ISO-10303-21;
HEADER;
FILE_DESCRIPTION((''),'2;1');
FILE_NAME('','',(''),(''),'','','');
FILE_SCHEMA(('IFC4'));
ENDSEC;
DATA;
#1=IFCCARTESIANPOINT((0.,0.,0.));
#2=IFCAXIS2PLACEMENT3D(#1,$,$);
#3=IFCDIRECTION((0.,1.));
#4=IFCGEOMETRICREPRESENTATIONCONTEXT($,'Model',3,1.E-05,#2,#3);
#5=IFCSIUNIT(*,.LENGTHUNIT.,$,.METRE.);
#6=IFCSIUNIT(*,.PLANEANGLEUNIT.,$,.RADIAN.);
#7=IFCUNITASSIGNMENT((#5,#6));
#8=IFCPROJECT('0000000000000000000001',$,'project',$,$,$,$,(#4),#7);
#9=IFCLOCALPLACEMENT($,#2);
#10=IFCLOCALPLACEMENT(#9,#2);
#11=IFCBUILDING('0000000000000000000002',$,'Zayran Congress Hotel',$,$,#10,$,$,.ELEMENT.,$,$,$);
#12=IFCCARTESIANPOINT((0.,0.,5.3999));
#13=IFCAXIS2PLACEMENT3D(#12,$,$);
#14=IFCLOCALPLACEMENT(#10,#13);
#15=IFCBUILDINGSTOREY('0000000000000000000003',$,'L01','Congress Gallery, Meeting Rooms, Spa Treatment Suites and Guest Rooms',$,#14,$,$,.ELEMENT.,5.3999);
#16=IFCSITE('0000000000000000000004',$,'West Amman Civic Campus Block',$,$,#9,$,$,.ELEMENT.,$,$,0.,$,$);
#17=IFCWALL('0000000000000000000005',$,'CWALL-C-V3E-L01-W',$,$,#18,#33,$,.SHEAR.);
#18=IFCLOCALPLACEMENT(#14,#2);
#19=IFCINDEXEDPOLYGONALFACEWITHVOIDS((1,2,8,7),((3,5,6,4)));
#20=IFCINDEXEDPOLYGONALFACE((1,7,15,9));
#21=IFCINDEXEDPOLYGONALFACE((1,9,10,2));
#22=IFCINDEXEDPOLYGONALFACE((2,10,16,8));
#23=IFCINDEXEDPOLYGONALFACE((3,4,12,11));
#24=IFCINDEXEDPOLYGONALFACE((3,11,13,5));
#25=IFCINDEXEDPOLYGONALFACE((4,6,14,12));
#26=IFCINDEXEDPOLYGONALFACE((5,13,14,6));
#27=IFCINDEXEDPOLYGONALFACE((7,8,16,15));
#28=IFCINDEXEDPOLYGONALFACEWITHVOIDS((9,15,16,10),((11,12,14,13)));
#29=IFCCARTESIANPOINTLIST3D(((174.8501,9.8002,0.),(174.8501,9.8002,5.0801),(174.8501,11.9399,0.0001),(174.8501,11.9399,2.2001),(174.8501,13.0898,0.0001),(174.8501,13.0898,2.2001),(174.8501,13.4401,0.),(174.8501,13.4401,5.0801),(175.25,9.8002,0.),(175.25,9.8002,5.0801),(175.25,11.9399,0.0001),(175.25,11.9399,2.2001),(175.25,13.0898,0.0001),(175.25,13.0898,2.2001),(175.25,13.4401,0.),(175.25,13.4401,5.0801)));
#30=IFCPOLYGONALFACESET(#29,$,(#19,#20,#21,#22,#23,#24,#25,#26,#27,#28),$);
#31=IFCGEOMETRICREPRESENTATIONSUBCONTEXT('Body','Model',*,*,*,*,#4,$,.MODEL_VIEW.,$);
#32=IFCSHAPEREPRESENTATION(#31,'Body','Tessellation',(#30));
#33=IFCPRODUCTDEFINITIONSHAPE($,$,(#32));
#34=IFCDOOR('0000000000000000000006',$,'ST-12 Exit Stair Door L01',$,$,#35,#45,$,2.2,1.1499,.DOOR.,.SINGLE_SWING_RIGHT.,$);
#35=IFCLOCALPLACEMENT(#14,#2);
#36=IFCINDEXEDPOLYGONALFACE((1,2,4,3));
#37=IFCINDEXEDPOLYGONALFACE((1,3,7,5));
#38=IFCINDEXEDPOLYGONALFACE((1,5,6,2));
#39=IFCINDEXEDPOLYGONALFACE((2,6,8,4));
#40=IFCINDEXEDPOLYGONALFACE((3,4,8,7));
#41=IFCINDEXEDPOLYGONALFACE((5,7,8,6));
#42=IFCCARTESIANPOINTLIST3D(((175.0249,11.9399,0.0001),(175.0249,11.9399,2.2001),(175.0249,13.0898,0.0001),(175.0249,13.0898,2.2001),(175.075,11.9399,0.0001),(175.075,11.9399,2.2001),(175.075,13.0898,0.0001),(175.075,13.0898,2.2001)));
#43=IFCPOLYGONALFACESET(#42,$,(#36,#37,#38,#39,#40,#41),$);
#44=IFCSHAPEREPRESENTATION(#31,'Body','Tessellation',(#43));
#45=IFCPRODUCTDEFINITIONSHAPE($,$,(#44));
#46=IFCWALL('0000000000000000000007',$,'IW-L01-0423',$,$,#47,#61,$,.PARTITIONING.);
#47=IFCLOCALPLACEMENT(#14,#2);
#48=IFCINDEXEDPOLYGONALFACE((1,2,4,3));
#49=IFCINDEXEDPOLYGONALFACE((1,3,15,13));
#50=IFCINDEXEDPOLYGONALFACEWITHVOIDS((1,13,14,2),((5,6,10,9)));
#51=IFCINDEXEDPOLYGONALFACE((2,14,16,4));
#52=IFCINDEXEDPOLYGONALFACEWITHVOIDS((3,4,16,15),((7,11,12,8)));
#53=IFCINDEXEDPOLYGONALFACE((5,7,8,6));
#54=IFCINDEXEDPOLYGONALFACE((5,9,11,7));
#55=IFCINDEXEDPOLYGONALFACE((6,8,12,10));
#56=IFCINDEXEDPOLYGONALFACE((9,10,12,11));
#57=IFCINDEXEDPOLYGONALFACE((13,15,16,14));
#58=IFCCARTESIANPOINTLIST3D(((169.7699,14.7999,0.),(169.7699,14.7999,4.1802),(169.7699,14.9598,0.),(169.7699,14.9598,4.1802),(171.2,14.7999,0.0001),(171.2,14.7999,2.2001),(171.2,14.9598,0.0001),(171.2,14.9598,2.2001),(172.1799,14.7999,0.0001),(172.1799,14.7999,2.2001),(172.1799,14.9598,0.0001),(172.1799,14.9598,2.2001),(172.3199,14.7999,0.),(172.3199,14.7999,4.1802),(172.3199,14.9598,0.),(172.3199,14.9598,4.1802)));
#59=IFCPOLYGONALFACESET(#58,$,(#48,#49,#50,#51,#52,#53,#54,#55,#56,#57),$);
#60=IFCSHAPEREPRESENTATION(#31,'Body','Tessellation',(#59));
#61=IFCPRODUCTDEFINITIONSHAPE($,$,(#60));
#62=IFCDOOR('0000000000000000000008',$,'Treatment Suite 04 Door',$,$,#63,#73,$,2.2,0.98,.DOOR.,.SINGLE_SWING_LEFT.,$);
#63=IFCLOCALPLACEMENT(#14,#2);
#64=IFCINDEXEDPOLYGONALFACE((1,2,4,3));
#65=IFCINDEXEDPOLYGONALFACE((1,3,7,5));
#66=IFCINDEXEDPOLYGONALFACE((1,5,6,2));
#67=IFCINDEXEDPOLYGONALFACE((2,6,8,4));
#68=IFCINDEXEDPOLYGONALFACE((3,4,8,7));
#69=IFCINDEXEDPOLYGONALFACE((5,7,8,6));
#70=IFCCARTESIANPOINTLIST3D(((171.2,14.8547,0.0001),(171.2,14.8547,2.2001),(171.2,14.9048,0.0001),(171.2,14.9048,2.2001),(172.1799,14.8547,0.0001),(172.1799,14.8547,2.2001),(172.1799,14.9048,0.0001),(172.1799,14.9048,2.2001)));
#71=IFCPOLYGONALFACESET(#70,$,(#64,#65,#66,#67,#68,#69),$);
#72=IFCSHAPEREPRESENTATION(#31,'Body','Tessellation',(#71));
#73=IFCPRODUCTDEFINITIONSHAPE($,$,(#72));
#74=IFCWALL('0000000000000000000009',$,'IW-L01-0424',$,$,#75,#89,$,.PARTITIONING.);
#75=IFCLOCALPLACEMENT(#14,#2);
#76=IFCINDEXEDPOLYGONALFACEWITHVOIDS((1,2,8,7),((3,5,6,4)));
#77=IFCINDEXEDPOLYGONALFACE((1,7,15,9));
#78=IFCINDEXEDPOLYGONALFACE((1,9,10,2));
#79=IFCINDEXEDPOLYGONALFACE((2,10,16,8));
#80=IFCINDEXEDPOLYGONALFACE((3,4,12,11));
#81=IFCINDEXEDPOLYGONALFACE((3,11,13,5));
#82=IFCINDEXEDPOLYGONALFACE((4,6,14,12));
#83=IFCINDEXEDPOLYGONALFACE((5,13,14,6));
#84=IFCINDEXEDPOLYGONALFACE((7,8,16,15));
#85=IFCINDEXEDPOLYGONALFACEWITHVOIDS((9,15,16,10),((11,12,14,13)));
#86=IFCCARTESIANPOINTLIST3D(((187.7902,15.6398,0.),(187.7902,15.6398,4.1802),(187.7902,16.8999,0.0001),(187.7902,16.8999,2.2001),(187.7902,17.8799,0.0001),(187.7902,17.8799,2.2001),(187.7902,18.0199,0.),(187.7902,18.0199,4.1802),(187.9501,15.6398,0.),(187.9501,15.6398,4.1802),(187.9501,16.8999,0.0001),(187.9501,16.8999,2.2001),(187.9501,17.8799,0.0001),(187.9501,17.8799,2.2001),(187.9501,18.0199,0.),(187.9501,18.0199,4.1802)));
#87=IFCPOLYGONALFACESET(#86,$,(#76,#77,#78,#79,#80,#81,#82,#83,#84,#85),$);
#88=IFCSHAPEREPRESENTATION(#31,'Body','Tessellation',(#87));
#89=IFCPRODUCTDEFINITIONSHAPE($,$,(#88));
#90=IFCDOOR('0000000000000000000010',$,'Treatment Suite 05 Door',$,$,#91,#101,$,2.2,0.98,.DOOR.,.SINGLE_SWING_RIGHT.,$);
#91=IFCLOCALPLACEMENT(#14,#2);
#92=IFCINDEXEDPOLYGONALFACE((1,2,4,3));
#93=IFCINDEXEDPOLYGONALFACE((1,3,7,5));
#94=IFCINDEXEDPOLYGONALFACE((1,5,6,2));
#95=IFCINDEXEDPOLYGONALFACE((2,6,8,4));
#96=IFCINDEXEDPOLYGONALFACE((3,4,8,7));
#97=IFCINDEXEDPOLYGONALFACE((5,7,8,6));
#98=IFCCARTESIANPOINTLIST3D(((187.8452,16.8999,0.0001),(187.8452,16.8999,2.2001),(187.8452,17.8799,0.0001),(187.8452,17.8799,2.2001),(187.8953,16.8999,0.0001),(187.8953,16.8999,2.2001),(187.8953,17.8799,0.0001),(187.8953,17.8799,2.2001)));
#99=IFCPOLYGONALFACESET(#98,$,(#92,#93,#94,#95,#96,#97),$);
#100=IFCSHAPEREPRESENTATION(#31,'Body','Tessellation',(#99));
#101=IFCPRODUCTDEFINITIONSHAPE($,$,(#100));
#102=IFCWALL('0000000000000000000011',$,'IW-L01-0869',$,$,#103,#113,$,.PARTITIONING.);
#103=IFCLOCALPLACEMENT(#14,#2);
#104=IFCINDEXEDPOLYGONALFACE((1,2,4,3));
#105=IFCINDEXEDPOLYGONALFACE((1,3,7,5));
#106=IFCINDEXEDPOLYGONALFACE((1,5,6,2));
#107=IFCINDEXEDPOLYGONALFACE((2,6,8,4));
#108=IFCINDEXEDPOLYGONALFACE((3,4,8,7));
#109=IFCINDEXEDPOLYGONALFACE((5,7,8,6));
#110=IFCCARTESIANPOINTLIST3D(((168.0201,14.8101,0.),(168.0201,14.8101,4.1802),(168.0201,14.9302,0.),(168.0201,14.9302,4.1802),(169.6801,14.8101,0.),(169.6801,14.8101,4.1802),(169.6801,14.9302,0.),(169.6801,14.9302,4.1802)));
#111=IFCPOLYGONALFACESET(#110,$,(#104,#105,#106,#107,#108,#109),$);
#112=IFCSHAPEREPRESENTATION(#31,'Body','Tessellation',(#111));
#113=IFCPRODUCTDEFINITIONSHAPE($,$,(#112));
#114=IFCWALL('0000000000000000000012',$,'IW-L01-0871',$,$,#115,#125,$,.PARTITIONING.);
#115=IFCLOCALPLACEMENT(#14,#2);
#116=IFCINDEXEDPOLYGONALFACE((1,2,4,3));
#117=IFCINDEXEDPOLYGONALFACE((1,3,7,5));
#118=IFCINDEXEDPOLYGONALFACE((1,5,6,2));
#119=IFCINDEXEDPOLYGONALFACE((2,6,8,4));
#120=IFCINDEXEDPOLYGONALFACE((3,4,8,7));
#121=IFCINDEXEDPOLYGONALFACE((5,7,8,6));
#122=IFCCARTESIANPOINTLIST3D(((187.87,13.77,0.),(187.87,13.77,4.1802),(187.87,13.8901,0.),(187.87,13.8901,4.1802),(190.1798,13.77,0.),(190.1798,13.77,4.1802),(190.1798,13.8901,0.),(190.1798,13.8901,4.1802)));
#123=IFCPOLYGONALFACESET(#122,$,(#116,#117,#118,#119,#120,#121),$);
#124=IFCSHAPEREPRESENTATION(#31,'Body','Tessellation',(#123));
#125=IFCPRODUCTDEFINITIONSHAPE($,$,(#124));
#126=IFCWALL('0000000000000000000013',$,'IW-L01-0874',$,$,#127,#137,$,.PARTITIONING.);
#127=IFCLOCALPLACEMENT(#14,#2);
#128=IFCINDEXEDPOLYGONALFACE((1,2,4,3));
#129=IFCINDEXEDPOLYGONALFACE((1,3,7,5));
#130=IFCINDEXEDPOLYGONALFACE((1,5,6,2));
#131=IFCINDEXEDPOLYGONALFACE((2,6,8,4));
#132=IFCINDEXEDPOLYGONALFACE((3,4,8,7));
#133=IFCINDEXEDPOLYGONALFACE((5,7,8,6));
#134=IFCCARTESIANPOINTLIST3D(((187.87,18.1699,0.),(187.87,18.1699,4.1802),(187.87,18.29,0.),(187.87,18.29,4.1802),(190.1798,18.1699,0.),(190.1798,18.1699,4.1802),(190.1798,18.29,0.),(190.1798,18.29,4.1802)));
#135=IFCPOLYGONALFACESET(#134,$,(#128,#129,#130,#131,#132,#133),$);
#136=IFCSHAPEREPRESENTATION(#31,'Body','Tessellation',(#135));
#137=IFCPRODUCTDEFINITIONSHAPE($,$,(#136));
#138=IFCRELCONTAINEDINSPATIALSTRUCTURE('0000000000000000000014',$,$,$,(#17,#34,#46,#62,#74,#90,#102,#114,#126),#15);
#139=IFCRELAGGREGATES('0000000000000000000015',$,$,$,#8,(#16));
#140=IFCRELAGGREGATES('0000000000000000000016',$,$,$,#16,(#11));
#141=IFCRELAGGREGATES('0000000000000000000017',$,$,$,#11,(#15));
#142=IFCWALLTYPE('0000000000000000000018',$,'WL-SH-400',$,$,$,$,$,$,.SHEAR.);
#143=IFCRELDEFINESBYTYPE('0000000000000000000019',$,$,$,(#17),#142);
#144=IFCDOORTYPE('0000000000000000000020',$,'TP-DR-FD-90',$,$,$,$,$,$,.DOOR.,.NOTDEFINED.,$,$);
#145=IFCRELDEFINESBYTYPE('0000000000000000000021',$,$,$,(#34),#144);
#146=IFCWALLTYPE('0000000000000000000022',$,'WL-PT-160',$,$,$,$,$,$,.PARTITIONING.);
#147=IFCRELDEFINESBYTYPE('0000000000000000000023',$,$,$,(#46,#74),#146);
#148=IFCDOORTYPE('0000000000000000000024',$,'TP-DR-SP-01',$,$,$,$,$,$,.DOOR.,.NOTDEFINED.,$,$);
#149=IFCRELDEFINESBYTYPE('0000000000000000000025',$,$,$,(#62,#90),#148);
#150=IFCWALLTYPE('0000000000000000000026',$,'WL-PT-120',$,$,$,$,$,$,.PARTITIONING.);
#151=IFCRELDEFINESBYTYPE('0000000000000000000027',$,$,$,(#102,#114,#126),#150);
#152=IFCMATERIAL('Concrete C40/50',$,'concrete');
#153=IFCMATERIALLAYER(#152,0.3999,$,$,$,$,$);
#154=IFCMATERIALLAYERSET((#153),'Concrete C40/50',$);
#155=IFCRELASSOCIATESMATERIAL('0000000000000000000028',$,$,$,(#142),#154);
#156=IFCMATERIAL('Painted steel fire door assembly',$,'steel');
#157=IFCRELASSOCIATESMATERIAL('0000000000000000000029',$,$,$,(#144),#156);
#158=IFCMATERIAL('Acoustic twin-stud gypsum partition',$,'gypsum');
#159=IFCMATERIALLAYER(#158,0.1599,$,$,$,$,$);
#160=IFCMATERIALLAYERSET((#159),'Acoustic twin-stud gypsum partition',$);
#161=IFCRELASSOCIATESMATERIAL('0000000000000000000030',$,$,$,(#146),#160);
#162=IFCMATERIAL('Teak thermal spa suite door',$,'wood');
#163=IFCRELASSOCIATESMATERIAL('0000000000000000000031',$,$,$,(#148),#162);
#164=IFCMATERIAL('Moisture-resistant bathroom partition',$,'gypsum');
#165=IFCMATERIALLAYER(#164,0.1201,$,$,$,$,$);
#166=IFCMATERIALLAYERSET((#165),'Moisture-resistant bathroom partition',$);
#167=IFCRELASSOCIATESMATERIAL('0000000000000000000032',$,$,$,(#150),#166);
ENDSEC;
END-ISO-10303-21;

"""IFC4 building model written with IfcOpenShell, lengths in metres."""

from ifc_helpers import new_model, si_unit, direction, frame, frame_2d, origin, place, context, subcontext, project, spatial, rectangle, extrude, material, layer, layer_set, type_object, element, fill, save


model = new_model("IFC4")

# Units and contexts
model_context = context("Model", 3, precision=1e-05, world=origin(), true_north=direction((0.0, 1.0)))
body_context = subcontext(model_context, "Body", "Model", "MODEL_VIEW")
ifc_project = project(units=[si_unit("LENGTHUNIT", "METRE"), si_unit("PLANEANGLEUNIT", "RADIAN")], contexts=[model_context])

# Site, building, storey
site_placement = place(None, origin())
site = spatial("IfcSite", under=ifc_project, at=site_placement, Name="West Amman Civic Campus Block", CompositionType="ELEMENT", RefElevation=0.0)
building_placement = place(site_placement, origin())
building = spatial("IfcBuilding", under=site, at=building_placement, Name="Zayran Congress Hotel", CompositionType="ELEMENT")
storey_placement = place(building_placement, frame((0.0, 0.0, 5.3999)))
storey = spatial("IfcBuildingStorey", under=building, at=storey_placement, Name="L01", Description="Congress Gallery, Meeting Rooms, Spa Treatment Suites and Guest Rooms", CompositionType="ELEMENT", Elevation=5.3999)

# Shared definitions
ifc_material_1 = material(Name="Concrete C40/50", Category="concrete")
ifc_layer_1 = layer(ifc_material_1, 0.3999)
ifc_layer_set_1 = layer_set([ifc_layer_1], Name="Concrete C40/50")
wall_type_1 = type_object("IfcWallType", Name="WL-SH-400", PredefinedType="SHEAR", material=ifc_layer_set_1)

# Walls, openings, doors
wall_1_placement = place(storey_placement, frame((175.05, 13.4399, 0.0), z_axis=(0.0, 0.0, 1.0), x_axis=(0.0, -1.0, 0.0)))
wall_1 = element("IfcWall", 1, at=wall_1_placement, inside=storey, type_object=wall_type_1, Name="CWALL-C-V3E-L01-W", PredefinedType="SHEAR", context=body_context, shape_type="SweptSolid", body=[
    extrude(rectangle(XDim=3.6399, YDim=0.3999, at=frame_2d((1.8198, 0.0))), origin(), (0.0, 0.0, 1.0), 5.0801),
])
opening_1_placement = place(wall_1_placement, frame((0.3501, 0.0, 0.0)))
opening_1 = element("IfcOpeningElement", 2, at=opening_1_placement, cuts=wall_1, PredefinedType="OPENING", context=body_context, shape_type="SweptSolid", body=[
    extrude(rectangle(XDim=1.1499, YDim=2.2, at=frame_2d((0.575, 1.1001))), frame((0.0, 0.21, 0.0), z_axis=(0.0, -1.0, 0.0), x_axis=(1.0, 0.0, 0.0)), (0.0, 0.0, 1.0), 0.4199),
])
ifc_material_2 = material(Name="Painted steel fire door assembly", Category="steel")
door_type_1 = type_object("IfcDoorType", Name="TP-DR-FD-90", OperationType="NOTDEFINED", PredefinedType="DOOR", material=ifc_material_2)
door_1_placement = place(opening_1_placement, origin())
door_1 = element("IfcDoor", 3, at=door_1_placement, inside=storey, type_object=door_type_1, Name="ST-12 Exit Stair Door L01", OperationType="SINGLE_SWING_RIGHT", OverallHeight=2.2, OverallWidth=1.1499, PredefinedType="DOOR", context=body_context, shape_type="SweptSolid", body=[
    extrude(rectangle(XDim=1.1499, YDim=2.2, at=frame_2d((0.575, 1.1001))), frame((0.0, 0.0249, 0.0), z_axis=(0.0, -1.0, 0.0), x_axis=(1.0, 0.0, 0.0)), (0.0, 0.0, 1.0), 0.05),
])
fill(opening_1, door_1)
ifc_material_3 = material(Name="Acoustic twin-stud gypsum partition", Category="gypsum")
ifc_layer_2 = layer(ifc_material_3, 0.1599)
ifc_layer_set_2 = layer_set([ifc_layer_2], Name="Acoustic twin-stud gypsum partition")
wall_type_2 = type_object("IfcWallType", Name="WL-PT-160", PredefinedType="PARTITIONING", material=ifc_layer_set_2)
wall_2_placement = place(storey_placement, frame((169.77, 14.8799, 0.0), z_axis=(0.0, 0.0, 1.0), x_axis=(1.0, 0.0, 0.0)))
wall_2 = element("IfcWall", 4, at=wall_2_placement, inside=storey, type_object=wall_type_2, Name="IW-L01-0423", PredefinedType="PARTITIONING", context=body_context, shape_type="SweptSolid", body=[
    extrude(rectangle(XDim=2.55, YDim=0.1599, at=frame_2d((1.2749, 0.0))), origin(), (0.0, 0.0, 1.0), 4.1802),
])
opening_2_placement = place(wall_2_placement, frame((1.4299, 0.0, 0.0)))
opening_2 = element("IfcOpeningElement", 5, at=opening_2_placement, cuts=wall_2, PredefinedType="OPENING", context=body_context, shape_type="SweptSolid", body=[
    extrude(rectangle(XDim=0.98, YDim=2.2, at=frame_2d((0.49, 1.1001))), frame((0.0, 0.0898, 0.0), z_axis=(0.0, -1.0, 0.0), x_axis=(1.0, 0.0, 0.0)), (0.0, 0.0, 1.0), 0.1799),
])
ifc_material_4 = material(Name="Teak thermal spa suite door", Category="wood")
door_type_2 = type_object("IfcDoorType", Name="TP-DR-SP-01", OperationType="NOTDEFINED", PredefinedType="DOOR", material=ifc_material_4)
door_2_placement = place(opening_2_placement, origin())
door_2 = element("IfcDoor", 6, at=door_2_placement, inside=storey, type_object=door_type_2, Name="Treatment Suite 04 Door", OperationType="SINGLE_SWING_LEFT", OverallHeight=2.2, OverallWidth=0.98, PredefinedType="DOOR", context=body_context, shape_type="SweptSolid", body=[
    extrude(rectangle(XDim=0.98, YDim=2.2, at=frame_2d((0.49, 1.1001))), frame((0.0, 0.0249, 0.0), z_axis=(0.0, -1.0, 0.0), x_axis=(1.0, 0.0, 0.0)), (0.0, 0.0, 1.0), 0.05),
])
fill(opening_2, door_2)
wall_3_placement = place(storey_placement, frame((187.8701, 15.6399, 0.0), z_axis=(0.0, 0.0, 1.0), x_axis=(0.0, 1.0, 0.0)))
wall_3 = element("IfcWall", 7, at=wall_3_placement, inside=storey, type_object=wall_type_2, Name="IW-L01-0424", PredefinedType="PARTITIONING", context=body_context, shape_type="SweptSolid", body=[
    extrude(rectangle(XDim=2.3801, YDim=0.1599, at=frame_2d((1.1899, 0.0))), origin(), (0.0, 0.0, 1.0), 4.1802),
])
opening_3_placement = place(wall_3_placement, frame((1.26, 0.0, 0.0)))
opening_3 = element("IfcOpeningElement", 8, at=opening_3_placement, cuts=wall_3, PredefinedType="OPENING", context=body_context, shape_type="SweptSolid", body=[
    extrude(rectangle(XDim=0.98, YDim=2.2, at=frame_2d((0.49, 1.1001))), frame((0.0, 0.0898, 0.0), z_axis=(0.0, -1.0, 0.0), x_axis=(1.0, 0.0, 0.0)), (0.0, 0.0, 1.0), 0.1799),
])
door_3_placement = place(opening_3_placement, origin())
door_3 = element("IfcDoor", 9, at=door_3_placement, inside=storey, type_object=door_type_2, Name="Treatment Suite 05 Door", OperationType="SINGLE_SWING_RIGHT", OverallHeight=2.2, OverallWidth=0.98, PredefinedType="DOOR", context=body_context, shape_type="SweptSolid", body=[
    extrude(rectangle(XDim=0.98, YDim=2.2, at=frame_2d((0.49, 1.1001))), frame((0.0, 0.0249, 0.0), z_axis=(0.0, -1.0, 0.0), x_axis=(1.0, 0.0, 0.0)), (0.0, 0.0, 1.0), 0.05),
])
fill(opening_3, door_3)
ifc_material_5 = material(Name="Moisture-resistant bathroom partition", Category="gypsum")
ifc_layer_3 = layer(ifc_material_5, 0.1201)
ifc_layer_set_3 = layer_set([ifc_layer_3], Name="Moisture-resistant bathroom partition")
wall_type_3 = type_object("IfcWallType", Name="WL-PT-120", PredefinedType="PARTITIONING", material=ifc_layer_set_3)

# Walls
wall_4_placement = place(storey_placement, frame((168.02, 14.8701, 0.0), z_axis=(0.0, 0.0, 1.0), x_axis=(1.0, 0.0, 0.0)))
element("IfcWall", 10, at=wall_4_placement, inside=storey, type_object=wall_type_3, Name="IW-L01-0869", PredefinedType="PARTITIONING", context=body_context, shape_type="SweptSolid", body=[
    extrude(rectangle(XDim=1.6599, YDim=0.1201, at=frame_2d((0.8301, 0.0))), origin(), (0.0, 0.0, 1.0), 4.1802),
])
for number, where, z_axis, x_axis, name in (
    (11, (187.8701, 13.8301, 0.0), (0.0, 0.0, 1.0), (1.0, 0.0, 0.0), "IW-L01-0871"),
    (12, (187.8701, 18.23, 0.0), (0.0, 0.0, 1.0), (1.0, 0.0, 0.0), "IW-L01-0874"),
):
    element("IfcWall", number, at=place(storey_placement, frame(where, z_axis=z_axis, x_axis=x_axis)), inside=storey, type_object=wall_type_3, Name=name, PredefinedType="PARTITIONING", context=body_context, shape_type="SweptSolid", body=[
        extrude(rectangle(XDim=2.3098, YDim=0.1201, at=frame_2d((1.1548, 0.0))), origin(), (0.0, 0.0, 1.0), 4.1802),
    ])

save(model, "model.ifc")
